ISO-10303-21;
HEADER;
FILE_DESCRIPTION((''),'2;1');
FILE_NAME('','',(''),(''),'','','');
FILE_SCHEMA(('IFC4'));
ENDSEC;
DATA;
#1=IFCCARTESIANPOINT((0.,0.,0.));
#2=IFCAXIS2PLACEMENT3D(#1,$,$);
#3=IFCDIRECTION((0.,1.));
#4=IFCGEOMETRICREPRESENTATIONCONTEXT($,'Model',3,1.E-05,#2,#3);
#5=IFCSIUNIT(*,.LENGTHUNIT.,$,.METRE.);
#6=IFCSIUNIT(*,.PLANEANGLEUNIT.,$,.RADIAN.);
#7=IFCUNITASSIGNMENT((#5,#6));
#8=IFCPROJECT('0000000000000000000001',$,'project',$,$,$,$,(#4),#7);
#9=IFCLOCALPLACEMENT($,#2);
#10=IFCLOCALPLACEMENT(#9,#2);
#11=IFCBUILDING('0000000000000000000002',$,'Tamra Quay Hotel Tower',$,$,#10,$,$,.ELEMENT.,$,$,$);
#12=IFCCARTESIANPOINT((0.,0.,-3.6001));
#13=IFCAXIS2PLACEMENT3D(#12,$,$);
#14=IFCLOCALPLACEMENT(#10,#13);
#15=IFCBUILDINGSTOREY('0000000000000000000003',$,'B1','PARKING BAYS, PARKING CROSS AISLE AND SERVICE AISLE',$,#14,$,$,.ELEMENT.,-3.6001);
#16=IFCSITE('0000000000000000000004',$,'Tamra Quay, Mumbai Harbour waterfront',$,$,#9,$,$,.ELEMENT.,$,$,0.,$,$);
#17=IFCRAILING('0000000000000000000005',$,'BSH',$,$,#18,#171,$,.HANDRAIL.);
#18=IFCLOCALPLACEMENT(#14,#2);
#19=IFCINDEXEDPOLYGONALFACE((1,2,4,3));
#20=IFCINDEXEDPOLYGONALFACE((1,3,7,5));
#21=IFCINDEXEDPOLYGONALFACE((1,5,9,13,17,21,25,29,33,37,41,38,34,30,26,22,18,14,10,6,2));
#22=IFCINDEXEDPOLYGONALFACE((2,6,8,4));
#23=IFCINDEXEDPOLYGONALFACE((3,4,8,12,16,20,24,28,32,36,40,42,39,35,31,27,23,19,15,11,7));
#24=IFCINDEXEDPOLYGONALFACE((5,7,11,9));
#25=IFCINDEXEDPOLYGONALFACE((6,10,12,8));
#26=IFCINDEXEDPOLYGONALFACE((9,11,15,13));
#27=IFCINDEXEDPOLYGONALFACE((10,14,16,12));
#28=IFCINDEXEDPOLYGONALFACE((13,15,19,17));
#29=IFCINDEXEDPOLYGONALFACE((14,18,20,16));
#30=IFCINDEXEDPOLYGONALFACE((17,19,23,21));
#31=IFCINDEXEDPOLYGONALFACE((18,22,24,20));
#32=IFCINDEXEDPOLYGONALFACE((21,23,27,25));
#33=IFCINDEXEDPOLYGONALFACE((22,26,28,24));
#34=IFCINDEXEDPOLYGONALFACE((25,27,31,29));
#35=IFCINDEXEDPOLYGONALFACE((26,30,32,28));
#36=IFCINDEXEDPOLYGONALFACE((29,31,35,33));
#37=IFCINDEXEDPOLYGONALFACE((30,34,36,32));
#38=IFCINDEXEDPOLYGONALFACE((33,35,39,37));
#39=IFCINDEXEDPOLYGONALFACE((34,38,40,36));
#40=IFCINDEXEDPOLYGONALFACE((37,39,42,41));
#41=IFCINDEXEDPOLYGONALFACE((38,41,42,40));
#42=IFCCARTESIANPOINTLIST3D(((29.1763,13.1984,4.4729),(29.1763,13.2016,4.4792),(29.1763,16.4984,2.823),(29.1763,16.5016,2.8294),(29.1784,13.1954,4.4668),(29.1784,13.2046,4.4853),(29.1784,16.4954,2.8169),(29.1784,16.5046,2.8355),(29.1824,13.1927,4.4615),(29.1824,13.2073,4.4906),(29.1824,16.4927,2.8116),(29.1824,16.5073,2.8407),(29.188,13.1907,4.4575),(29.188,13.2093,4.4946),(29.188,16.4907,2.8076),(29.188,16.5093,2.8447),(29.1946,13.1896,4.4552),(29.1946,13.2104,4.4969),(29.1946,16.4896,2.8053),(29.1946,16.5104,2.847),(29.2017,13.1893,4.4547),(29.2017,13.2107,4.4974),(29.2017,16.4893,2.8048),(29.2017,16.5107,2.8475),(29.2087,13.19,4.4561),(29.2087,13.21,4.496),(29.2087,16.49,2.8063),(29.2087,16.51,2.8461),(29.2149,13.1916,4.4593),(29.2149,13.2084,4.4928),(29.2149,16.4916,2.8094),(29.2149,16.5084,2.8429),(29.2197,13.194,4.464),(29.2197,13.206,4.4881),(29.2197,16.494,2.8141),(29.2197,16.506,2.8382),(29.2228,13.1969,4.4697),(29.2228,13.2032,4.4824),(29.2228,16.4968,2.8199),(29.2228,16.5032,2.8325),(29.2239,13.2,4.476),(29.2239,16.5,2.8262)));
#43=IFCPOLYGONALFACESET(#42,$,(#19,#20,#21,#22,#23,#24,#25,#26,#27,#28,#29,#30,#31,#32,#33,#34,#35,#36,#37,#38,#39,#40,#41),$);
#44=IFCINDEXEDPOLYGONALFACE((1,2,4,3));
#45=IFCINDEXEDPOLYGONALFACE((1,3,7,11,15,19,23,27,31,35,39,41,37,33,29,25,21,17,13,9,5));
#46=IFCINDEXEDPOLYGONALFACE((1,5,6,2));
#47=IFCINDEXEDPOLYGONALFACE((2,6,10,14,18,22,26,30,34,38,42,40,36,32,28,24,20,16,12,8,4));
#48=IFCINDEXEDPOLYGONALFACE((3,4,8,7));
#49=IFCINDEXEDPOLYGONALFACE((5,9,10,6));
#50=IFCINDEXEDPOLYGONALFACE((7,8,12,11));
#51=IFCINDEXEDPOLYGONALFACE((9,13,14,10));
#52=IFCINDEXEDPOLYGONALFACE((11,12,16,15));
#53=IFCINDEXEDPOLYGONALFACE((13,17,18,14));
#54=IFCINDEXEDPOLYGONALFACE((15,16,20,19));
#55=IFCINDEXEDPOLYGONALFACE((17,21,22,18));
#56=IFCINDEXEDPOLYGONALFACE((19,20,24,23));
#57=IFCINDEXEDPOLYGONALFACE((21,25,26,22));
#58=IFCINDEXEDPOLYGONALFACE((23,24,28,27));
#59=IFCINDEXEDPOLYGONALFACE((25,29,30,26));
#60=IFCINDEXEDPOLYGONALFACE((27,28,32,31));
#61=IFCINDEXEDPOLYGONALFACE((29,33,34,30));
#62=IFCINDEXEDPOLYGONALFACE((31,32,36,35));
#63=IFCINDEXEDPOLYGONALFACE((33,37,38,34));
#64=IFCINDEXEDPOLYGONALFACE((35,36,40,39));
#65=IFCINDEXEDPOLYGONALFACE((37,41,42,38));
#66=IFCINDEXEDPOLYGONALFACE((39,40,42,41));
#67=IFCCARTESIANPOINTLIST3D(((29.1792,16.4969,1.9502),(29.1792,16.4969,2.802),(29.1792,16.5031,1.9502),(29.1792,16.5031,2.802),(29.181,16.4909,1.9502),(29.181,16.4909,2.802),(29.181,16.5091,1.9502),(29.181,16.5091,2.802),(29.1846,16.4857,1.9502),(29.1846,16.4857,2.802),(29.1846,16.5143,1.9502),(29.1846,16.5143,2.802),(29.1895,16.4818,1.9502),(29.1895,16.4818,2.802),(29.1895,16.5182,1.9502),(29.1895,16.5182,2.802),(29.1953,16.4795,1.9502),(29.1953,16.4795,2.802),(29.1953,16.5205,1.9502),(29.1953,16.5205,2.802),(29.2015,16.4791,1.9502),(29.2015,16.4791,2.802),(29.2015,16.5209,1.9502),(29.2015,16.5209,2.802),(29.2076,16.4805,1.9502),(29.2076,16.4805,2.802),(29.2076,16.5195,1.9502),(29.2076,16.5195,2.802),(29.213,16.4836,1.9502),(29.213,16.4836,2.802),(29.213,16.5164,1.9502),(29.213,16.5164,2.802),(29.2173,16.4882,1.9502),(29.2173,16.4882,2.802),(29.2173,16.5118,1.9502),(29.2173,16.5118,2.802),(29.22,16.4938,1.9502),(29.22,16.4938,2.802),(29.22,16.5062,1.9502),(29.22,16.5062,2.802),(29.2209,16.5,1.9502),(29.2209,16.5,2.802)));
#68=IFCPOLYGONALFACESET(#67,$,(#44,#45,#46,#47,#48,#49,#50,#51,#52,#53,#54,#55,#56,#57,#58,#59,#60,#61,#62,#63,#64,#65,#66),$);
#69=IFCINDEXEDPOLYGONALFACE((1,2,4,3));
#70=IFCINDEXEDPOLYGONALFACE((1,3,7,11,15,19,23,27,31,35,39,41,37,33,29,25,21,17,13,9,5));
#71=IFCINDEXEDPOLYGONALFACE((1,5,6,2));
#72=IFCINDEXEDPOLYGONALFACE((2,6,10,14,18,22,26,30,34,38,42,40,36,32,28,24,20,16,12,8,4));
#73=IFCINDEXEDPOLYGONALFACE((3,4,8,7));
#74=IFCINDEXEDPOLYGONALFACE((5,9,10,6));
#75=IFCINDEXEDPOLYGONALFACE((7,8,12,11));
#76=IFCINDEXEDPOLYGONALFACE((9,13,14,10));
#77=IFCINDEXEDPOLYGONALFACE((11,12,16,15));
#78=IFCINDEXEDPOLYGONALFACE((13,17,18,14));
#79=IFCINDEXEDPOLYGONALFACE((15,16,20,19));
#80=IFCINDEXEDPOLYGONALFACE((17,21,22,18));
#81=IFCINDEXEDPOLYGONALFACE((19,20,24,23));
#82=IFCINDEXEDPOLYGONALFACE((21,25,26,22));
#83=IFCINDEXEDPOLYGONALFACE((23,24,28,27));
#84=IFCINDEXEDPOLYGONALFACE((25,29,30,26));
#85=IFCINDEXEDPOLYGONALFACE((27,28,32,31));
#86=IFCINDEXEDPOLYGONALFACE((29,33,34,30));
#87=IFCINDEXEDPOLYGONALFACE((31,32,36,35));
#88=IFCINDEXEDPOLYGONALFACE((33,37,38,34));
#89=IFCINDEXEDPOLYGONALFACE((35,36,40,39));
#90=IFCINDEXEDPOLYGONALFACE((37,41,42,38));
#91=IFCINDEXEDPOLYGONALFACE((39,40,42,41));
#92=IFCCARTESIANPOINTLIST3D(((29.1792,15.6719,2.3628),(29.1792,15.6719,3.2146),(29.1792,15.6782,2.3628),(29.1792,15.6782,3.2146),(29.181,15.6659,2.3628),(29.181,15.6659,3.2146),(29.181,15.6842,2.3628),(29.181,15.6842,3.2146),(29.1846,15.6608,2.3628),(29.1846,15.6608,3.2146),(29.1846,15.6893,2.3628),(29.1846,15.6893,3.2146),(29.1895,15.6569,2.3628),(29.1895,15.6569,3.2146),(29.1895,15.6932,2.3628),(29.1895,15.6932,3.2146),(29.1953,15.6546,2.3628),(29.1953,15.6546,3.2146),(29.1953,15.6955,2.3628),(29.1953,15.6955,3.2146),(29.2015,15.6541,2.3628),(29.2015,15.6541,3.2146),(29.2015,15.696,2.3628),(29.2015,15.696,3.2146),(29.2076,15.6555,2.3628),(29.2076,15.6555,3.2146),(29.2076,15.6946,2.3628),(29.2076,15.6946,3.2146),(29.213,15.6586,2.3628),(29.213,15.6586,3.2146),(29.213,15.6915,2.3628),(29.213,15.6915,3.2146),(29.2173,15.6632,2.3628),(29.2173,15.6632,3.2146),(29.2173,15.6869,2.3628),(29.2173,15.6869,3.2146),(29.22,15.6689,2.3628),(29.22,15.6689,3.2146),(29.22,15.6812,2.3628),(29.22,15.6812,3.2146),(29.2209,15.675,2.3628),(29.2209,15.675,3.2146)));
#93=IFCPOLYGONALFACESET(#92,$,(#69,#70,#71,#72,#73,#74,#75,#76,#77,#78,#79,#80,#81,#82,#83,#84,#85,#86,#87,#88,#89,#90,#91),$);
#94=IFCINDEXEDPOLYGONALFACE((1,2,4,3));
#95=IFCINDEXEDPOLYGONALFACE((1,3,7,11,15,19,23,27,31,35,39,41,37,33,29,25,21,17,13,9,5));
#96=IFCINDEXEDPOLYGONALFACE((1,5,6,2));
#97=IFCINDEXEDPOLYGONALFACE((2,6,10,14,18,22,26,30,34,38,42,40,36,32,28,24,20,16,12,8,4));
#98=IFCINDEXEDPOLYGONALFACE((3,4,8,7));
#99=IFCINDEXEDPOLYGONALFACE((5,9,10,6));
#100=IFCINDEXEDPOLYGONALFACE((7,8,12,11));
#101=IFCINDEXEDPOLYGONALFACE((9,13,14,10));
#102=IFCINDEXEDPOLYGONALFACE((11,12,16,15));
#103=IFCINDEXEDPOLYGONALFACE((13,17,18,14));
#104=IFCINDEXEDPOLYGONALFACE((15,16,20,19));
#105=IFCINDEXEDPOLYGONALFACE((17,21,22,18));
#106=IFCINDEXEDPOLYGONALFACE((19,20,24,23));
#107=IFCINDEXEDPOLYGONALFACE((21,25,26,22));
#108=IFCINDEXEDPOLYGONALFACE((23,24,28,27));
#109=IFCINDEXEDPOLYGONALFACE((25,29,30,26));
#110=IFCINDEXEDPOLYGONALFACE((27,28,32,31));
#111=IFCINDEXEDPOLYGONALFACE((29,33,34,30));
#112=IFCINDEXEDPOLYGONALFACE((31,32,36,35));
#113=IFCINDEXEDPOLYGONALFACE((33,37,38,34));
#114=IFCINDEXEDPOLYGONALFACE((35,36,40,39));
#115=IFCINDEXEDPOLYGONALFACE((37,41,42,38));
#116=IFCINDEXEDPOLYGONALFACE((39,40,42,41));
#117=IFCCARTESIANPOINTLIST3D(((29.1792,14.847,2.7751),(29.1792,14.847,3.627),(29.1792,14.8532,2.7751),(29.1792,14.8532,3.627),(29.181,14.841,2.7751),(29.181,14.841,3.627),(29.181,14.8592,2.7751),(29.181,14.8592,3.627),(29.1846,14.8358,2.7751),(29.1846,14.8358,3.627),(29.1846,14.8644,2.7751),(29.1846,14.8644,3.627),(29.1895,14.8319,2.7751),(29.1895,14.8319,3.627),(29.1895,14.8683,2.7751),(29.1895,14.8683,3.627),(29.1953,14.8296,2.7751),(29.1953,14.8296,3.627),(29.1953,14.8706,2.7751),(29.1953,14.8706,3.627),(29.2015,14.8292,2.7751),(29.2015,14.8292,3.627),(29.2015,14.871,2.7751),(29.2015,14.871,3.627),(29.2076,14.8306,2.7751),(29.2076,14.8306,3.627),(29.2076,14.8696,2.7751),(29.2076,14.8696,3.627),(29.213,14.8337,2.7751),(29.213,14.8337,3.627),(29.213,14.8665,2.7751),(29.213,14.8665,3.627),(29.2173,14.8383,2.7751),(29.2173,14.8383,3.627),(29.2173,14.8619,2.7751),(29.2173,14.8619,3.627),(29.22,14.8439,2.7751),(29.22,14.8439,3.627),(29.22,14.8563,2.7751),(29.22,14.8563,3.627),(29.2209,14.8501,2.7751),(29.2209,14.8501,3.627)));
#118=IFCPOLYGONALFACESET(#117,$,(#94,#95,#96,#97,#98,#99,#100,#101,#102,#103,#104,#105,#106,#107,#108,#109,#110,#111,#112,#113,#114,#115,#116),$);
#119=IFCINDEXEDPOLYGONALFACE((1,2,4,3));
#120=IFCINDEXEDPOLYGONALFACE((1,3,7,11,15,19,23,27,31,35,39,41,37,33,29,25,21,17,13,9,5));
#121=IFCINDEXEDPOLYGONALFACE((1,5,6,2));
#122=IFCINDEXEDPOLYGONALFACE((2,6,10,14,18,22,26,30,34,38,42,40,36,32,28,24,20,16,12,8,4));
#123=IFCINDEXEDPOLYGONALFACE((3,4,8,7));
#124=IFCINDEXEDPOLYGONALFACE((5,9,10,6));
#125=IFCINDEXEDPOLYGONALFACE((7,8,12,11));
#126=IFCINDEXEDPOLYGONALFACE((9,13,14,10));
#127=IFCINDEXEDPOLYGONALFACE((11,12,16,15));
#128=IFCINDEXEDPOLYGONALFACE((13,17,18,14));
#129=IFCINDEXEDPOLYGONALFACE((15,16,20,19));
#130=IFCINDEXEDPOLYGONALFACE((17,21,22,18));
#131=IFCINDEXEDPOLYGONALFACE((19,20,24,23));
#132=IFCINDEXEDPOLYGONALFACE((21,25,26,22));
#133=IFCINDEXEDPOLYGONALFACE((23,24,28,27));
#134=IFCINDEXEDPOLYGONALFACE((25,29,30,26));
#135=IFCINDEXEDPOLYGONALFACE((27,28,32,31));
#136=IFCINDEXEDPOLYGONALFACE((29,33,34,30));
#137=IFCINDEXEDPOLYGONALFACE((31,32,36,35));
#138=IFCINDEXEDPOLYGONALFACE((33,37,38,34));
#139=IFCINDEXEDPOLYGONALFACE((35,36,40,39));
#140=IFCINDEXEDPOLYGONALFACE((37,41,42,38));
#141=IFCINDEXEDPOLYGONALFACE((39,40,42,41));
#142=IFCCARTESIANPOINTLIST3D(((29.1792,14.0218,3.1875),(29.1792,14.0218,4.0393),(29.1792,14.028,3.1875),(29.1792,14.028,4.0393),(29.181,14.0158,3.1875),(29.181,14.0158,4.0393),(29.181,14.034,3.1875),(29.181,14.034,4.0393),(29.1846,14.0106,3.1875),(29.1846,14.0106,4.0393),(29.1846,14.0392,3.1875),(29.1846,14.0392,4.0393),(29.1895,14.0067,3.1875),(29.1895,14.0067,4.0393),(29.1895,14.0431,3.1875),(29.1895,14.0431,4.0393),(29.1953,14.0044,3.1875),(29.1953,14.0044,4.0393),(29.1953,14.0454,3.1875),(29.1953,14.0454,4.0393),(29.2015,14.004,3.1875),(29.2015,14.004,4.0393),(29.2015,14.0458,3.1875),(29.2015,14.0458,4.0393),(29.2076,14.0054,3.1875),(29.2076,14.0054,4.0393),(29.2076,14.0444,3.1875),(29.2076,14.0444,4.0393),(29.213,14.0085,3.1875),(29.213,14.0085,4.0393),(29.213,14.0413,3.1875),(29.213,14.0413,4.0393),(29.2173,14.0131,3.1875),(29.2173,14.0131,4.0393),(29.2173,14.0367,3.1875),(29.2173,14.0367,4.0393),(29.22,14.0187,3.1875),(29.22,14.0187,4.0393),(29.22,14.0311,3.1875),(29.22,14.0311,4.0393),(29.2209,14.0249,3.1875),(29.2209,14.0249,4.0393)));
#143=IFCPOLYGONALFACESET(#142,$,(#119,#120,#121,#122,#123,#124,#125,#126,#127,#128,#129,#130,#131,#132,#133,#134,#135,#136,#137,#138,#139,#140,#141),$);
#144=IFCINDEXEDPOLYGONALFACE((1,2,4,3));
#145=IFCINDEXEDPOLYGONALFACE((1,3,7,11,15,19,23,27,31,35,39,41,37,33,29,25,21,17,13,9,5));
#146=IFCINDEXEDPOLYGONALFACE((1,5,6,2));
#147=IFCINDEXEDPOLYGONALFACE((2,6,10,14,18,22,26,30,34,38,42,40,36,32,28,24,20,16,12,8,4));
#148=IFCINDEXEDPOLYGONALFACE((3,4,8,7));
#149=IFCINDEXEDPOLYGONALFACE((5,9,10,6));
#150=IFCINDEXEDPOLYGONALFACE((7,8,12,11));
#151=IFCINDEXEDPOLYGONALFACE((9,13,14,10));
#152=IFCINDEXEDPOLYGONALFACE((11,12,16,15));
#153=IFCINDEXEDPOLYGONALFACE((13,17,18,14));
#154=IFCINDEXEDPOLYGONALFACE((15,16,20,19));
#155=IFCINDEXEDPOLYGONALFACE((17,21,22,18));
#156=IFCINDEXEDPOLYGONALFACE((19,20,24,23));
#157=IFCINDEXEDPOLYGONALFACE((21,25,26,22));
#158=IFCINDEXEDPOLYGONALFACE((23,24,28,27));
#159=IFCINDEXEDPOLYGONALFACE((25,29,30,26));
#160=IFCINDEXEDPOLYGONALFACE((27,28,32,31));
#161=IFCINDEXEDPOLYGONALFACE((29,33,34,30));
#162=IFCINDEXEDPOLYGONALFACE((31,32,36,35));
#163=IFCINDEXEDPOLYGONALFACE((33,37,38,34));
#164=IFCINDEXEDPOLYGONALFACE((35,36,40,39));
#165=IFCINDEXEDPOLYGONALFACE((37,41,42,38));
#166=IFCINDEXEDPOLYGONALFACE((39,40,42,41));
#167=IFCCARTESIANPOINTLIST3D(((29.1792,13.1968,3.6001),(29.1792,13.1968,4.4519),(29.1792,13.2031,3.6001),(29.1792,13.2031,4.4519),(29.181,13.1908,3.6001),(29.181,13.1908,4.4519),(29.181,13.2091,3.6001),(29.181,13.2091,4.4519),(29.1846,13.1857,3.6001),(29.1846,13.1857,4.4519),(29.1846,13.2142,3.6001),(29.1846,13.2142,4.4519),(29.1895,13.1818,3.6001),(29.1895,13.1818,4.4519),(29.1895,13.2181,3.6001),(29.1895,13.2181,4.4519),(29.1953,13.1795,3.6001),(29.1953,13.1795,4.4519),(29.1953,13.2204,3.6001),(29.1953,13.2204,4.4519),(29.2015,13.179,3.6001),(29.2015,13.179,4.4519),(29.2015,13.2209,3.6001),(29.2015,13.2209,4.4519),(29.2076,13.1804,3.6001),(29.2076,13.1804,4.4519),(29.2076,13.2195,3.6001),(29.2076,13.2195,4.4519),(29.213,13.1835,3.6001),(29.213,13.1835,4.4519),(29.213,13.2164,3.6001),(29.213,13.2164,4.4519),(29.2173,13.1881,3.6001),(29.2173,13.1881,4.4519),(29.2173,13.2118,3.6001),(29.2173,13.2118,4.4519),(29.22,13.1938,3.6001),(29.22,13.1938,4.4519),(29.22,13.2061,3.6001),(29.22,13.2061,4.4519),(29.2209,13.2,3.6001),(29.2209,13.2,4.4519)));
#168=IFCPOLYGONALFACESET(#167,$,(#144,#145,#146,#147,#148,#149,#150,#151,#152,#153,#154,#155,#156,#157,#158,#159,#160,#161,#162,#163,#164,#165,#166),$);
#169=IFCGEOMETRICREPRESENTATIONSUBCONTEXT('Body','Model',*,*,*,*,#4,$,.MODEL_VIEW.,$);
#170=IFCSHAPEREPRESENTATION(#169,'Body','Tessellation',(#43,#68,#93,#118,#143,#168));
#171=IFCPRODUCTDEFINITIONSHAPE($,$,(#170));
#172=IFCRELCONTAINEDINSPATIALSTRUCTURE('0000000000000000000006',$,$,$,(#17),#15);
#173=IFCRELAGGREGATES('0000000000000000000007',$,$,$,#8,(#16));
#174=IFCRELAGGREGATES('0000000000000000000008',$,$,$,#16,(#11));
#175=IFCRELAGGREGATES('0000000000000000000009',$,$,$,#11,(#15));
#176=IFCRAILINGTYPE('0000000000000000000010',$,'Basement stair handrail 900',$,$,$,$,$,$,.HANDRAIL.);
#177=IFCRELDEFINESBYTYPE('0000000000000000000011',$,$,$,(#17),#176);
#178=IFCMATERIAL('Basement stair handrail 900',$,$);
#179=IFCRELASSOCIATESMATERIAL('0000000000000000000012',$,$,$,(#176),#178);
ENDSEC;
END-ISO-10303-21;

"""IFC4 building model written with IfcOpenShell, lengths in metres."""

from ifc_helpers import new_model, si_unit, direction, frame, origin, origin_2d, place, context, subcontext, project, spatial, circle, extrude, material, type_object, element, save


model = new_model("IFC4")

# Units and contexts
model_context = context("Model", 3, precision=1e-05, world=origin(), true_north=direction((0.0, 1.0)))
body_context = subcontext(model_context, "Body", "Model", "MODEL_VIEW")
ifc_project = project(units=[si_unit("LENGTHUNIT", "METRE"), si_unit("PLANEANGLEUNIT", "RADIAN")], contexts=[model_context])

# Site, building, storey
site_placement = place(None, origin())
site = spatial("IfcSite", under=ifc_project, at=site_placement, Name="Tamra Quay, Mumbai Harbour waterfront", CompositionType="ELEMENT", RefElevation=0.0)
building_placement = place(site_placement, origin())
building = spatial("IfcBuilding", under=site, at=building_placement, Name="Tamra Quay Hotel Tower", CompositionType="ELEMENT")
storey_placement = place(building_placement, frame((0.0, 0.0, -3.6001)))
storey = spatial("IfcBuildingStorey", under=building, at=storey_placement, Name="B1", Description="PARKING BAYS, PARKING CROSS AISLE AND SERVICE AISLE", CompositionType="ELEMENT", Elevation=-3.6001)

# Railing
ifc_material_1 = material(Name="Basement stair handrail 900")
railing_type_1 = type_object("IfcRailingType", Name="Basement stair handrail 900", PredefinedType="HANDRAIL", material=ifc_material_1)
railing_1_placement = place(storey_placement, frame((29.2, 16.5, 1.9502)))
element("IfcRailing", 1, at=railing_1_placement, inside=storey, type_object=railing_type_1, Name="BSH", PredefinedType="HANDRAIL", context=body_context, shape_type="SweptSolid", body=[
    extrude(circle(Radius=0.0239, at=origin_2d()), frame((0.0, 0.0, 0.876), z_axis=(0.0, -0.89444, 0.447187), x_axis=(1.0, 0.0, 0.0)), (0.0, 0.0, 1.0), 3.6895),
    extrude(circle(Radius=0.021, at=origin_2d()), origin(), (0.0, 0.0, 1.0), 0.8518),
    extrude(circle(Radius=0.021, at=origin_2d()), frame((0.0, -0.825, 0.4126)), (0.0, 0.0, 1.0), 0.8518),
    extrude(circle(Radius=0.021, at=origin_2d()), frame((0.0, -1.6499, 0.825)), (0.0, 0.0, 1.0), 0.8518),
    extrude(circle(Radius=0.021, at=origin_2d()), frame((0.0, -2.4751, 1.2373)), (0.0, 0.0, 1.0), 0.8518),
    extrude(circle(Radius=0.021, at=origin_2d()), frame((0.0, -3.3, 1.6499)), (0.0, 0.0, 1.0), 0.8518),
])

save(model, "model.ifc")
